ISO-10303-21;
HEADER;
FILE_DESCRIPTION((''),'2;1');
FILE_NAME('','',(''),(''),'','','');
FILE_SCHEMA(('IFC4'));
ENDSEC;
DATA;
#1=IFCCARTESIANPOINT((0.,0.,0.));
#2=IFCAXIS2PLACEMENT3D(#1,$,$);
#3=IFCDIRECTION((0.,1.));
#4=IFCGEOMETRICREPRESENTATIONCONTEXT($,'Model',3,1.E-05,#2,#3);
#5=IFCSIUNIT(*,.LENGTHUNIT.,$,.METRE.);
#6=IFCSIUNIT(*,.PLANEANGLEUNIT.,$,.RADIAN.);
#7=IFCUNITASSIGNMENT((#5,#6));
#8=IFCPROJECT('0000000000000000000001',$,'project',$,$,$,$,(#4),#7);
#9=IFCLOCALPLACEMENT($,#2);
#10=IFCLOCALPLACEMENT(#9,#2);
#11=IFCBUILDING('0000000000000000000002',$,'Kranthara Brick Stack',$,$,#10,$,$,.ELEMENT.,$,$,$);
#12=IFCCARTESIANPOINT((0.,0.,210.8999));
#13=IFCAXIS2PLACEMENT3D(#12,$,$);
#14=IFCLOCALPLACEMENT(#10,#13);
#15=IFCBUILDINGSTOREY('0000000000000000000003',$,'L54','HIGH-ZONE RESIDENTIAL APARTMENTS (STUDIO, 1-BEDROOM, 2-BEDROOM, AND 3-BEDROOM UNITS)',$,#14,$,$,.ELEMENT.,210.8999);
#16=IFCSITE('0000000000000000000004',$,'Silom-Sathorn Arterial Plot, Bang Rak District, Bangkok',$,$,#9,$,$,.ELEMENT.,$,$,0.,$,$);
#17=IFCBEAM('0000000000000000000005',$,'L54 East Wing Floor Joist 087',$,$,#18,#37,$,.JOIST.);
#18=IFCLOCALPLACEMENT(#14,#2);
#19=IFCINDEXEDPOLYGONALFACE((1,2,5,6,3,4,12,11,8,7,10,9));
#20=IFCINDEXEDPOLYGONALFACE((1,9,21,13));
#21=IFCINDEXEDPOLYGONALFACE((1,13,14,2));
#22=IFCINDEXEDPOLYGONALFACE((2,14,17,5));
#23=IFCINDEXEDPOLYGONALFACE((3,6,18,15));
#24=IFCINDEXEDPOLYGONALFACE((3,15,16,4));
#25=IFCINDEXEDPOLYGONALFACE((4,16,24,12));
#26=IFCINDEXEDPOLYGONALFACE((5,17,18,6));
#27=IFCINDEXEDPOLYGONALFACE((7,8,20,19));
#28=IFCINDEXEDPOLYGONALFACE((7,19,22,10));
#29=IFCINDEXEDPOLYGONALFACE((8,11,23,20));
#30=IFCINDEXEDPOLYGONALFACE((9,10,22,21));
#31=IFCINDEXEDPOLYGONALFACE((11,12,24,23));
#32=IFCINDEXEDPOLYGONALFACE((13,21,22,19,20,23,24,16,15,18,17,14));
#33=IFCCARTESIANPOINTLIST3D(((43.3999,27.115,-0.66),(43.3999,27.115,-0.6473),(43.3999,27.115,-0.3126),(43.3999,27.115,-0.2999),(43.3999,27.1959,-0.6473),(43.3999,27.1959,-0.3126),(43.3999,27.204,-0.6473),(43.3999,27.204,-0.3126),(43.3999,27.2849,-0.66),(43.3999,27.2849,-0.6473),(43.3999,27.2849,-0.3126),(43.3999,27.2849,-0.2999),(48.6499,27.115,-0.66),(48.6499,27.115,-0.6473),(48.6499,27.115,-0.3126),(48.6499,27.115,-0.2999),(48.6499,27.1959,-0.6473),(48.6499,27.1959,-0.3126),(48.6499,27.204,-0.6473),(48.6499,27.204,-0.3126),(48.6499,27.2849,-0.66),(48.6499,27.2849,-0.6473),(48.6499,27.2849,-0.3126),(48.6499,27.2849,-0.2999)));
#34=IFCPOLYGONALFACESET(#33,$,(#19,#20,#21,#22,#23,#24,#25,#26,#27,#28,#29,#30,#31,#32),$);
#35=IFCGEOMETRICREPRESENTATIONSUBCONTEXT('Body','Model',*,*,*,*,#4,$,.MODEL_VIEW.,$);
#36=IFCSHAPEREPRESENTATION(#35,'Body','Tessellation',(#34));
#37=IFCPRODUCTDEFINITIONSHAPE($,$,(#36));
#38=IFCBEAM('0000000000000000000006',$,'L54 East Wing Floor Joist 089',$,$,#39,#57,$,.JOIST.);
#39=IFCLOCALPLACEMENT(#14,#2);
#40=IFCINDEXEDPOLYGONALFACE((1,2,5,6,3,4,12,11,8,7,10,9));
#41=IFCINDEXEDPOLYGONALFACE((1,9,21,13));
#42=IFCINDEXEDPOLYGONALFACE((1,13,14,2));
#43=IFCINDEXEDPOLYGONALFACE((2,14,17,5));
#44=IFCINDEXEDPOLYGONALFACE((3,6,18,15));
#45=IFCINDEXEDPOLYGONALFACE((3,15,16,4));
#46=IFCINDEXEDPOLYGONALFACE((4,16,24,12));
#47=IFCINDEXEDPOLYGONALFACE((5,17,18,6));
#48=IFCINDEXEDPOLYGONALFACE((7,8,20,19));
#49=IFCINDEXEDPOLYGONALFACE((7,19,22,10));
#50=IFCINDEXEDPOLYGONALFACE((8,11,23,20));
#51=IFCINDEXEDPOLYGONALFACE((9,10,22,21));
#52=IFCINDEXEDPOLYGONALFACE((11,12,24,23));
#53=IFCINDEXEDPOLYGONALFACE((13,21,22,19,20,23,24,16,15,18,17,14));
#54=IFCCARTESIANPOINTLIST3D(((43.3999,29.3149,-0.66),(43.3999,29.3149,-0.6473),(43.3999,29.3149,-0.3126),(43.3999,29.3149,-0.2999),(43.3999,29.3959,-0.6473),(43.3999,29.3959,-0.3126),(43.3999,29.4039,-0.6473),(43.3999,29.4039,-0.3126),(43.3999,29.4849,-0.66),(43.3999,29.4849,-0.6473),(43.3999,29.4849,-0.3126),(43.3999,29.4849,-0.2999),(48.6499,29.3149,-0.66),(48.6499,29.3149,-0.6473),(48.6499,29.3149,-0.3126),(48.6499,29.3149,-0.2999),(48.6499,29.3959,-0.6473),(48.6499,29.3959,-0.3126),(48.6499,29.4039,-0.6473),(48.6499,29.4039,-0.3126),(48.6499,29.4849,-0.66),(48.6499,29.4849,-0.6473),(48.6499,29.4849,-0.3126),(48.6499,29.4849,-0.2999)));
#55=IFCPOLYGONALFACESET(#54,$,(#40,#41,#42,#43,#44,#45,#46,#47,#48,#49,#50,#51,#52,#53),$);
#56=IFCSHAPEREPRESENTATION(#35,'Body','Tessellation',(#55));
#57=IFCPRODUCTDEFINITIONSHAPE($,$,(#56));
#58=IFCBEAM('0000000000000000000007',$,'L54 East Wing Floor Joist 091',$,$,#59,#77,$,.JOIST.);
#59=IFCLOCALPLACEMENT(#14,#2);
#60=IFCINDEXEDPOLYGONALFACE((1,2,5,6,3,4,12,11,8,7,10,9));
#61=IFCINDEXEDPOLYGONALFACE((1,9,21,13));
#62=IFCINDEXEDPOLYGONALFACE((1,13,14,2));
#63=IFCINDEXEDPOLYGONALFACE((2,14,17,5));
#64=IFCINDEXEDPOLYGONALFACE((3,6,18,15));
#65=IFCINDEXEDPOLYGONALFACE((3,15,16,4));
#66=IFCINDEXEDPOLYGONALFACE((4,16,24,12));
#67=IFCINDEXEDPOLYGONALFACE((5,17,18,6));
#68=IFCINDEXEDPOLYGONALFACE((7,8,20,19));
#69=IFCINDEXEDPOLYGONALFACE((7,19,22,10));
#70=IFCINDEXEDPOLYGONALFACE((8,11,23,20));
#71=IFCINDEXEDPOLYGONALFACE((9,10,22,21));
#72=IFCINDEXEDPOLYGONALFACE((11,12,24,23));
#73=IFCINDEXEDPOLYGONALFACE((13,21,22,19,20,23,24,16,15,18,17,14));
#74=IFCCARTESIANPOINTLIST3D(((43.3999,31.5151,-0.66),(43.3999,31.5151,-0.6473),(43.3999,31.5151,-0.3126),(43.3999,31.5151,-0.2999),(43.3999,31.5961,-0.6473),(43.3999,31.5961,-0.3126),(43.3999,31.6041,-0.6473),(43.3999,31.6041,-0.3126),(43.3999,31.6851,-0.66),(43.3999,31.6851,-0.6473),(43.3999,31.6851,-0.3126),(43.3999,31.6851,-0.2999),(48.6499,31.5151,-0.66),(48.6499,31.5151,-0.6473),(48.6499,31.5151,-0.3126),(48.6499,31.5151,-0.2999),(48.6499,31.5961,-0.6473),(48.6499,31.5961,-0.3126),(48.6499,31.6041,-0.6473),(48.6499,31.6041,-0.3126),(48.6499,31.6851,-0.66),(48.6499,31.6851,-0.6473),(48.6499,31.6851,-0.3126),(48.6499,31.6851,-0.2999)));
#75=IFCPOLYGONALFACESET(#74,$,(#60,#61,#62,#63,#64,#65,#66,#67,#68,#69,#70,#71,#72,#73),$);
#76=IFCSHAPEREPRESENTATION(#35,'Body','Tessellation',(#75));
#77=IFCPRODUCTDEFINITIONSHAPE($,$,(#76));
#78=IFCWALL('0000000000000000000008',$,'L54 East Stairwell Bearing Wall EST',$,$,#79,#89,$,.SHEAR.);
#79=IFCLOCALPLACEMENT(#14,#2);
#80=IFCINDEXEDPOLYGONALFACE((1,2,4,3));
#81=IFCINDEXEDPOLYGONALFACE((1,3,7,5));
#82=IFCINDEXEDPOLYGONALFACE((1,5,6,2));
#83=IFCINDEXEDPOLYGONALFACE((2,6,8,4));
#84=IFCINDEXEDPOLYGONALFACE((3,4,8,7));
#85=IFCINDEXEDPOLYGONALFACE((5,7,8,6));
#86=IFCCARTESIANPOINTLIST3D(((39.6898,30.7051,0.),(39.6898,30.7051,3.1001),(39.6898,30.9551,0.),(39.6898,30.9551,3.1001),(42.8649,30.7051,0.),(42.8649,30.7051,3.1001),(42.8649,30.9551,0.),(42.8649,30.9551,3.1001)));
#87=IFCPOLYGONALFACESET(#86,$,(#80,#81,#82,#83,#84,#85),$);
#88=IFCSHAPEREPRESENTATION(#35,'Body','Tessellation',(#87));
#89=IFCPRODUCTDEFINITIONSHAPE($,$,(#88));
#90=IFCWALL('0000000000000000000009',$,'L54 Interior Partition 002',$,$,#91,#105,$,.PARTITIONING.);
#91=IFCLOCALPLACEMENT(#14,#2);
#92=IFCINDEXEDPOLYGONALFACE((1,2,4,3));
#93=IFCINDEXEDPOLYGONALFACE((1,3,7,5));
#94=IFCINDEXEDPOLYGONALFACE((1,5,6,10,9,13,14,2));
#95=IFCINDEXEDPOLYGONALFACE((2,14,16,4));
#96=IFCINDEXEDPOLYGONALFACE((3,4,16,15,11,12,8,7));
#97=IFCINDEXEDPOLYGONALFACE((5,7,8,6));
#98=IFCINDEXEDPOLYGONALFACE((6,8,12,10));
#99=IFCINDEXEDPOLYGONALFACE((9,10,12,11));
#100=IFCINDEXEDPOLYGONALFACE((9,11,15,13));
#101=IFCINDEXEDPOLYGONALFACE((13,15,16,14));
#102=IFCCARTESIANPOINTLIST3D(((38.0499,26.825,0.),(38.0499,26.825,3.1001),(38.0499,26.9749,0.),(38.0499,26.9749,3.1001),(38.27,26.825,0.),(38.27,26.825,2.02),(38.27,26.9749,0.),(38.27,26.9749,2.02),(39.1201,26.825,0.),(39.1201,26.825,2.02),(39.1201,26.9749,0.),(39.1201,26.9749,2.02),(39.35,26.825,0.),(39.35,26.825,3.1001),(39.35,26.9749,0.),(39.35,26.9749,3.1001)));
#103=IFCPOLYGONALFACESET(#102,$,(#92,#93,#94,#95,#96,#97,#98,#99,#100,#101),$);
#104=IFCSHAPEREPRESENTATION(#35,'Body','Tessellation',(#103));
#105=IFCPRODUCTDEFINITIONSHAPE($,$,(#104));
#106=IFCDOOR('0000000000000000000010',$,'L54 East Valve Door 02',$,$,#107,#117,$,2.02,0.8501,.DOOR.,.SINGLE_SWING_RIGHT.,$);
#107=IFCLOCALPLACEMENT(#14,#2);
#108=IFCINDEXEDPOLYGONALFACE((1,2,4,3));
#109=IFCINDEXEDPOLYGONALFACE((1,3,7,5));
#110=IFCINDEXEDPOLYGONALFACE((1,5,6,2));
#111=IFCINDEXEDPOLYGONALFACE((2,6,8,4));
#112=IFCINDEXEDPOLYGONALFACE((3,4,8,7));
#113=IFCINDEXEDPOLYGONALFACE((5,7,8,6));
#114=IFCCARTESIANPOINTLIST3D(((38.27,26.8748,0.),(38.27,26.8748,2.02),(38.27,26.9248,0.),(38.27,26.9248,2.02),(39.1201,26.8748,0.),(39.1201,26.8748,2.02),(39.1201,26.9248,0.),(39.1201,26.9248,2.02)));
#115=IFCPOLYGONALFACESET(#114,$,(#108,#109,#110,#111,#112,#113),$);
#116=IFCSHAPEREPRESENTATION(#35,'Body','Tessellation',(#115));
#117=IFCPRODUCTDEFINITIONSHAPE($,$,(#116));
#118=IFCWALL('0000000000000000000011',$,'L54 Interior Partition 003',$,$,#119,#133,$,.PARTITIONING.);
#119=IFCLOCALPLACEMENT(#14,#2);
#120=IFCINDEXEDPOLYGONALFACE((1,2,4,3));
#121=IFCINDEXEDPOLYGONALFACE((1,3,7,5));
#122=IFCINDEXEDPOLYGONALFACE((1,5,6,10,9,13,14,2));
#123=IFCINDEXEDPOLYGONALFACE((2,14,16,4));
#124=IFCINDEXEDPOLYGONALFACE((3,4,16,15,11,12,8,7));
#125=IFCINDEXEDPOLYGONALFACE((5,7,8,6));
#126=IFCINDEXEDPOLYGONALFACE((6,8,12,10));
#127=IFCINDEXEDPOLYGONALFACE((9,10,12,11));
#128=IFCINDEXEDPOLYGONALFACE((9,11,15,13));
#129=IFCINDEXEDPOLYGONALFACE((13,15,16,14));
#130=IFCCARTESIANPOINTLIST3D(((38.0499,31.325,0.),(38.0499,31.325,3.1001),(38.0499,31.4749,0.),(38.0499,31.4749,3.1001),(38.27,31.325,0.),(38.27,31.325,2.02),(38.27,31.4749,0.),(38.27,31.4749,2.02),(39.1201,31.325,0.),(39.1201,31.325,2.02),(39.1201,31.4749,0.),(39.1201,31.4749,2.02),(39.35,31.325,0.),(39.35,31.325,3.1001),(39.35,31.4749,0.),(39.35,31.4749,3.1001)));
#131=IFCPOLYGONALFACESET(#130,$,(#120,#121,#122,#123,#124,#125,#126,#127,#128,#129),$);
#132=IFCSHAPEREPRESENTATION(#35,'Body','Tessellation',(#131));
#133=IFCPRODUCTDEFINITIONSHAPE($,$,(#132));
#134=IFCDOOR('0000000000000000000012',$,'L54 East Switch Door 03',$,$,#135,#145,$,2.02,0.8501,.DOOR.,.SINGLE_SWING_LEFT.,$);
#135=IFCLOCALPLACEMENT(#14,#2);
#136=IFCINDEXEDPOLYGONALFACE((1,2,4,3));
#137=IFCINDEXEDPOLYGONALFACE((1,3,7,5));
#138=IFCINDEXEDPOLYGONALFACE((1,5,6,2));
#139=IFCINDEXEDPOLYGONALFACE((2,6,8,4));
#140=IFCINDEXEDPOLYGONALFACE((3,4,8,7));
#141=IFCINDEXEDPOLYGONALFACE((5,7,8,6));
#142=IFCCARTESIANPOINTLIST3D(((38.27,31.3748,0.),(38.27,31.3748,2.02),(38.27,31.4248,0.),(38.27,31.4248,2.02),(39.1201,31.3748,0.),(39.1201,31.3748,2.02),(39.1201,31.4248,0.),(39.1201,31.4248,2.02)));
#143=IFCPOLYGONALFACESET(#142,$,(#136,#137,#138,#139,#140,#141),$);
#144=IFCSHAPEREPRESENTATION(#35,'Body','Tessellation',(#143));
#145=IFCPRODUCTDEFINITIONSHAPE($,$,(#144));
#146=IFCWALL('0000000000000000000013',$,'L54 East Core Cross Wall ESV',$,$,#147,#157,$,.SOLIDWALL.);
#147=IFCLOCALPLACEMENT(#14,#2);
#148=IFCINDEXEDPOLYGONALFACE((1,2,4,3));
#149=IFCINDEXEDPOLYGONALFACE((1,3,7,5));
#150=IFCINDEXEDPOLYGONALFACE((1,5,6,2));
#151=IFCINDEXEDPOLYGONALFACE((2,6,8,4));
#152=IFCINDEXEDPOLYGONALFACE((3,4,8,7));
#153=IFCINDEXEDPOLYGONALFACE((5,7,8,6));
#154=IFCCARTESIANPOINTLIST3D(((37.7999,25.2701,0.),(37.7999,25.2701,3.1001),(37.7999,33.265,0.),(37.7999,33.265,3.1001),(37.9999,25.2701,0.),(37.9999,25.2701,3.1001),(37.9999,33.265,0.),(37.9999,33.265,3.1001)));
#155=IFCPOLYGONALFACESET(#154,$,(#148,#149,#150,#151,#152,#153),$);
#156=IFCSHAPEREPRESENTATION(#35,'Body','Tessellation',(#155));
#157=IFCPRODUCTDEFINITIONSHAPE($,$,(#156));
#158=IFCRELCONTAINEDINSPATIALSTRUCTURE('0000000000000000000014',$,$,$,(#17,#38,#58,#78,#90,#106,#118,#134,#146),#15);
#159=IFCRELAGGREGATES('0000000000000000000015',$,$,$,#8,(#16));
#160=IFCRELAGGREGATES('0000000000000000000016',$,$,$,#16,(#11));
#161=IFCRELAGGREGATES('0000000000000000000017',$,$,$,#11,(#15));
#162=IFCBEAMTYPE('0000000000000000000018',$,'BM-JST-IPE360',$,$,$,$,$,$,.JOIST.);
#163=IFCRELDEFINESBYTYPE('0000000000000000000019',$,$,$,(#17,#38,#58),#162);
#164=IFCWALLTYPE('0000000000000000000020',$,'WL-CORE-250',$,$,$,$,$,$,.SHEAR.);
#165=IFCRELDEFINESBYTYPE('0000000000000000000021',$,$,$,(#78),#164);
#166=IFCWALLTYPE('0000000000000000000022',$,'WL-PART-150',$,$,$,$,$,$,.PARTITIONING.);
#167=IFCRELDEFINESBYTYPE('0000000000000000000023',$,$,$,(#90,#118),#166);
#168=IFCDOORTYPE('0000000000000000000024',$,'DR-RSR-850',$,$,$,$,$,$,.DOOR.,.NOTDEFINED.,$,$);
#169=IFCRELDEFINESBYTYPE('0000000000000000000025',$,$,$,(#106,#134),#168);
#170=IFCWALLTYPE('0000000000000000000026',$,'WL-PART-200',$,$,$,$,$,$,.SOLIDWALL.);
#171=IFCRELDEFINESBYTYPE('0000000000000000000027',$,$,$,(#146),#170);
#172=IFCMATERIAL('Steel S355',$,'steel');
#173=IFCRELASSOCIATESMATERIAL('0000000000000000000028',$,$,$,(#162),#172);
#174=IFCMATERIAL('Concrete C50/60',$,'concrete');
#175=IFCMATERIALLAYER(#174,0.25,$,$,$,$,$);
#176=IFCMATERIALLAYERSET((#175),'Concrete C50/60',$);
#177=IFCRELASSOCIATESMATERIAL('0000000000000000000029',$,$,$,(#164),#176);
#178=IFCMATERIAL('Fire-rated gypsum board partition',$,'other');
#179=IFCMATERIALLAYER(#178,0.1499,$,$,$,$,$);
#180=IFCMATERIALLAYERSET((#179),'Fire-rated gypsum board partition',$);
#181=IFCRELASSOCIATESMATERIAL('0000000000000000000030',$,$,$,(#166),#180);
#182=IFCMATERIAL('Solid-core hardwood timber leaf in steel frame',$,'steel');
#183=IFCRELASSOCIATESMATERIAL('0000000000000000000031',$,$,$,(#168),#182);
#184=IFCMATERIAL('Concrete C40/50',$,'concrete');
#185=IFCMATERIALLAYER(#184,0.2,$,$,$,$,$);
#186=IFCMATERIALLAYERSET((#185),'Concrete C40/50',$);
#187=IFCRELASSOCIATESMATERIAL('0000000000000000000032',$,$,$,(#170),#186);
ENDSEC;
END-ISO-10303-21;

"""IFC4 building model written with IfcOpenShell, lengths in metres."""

from ifc_helpers import new_model, si_unit, direction, frame, frame_2d, origin, origin_2d, place, context, subcontext, project, spatial, rectangle, i_section, extrude, material, layer, layer_set, material_profile, profile_set, type_object, element, fill, save


model = new_model("IFC4")

# Units and contexts
model_context = context("Model", 3, precision=1e-05, world=origin(), true_north=direction((0.0, 1.0)))
body_context = subcontext(model_context, "Body", "Model", "MODEL_VIEW")
ifc_project = project(units=[si_unit("LENGTHUNIT", "METRE"), si_unit("PLANEANGLEUNIT", "RADIAN")], contexts=[model_context])

# Site, building, storey
site_placement = place(None, origin())
site = spatial("IfcSite", under=ifc_project, at=site_placement, Name="Silom-Sathorn Arterial Plot, Bang Rak District, Bangkok", CompositionType="ELEMENT", RefElevation=0.0)
building_placement = place(site_placement, origin())
building = spatial("IfcBuilding", under=site, at=building_placement, Name="Kranthara Brick Stack", CompositionType="ELEMENT")
storey_placement = place(building_placement, frame((0.0, 0.0, 210.8999)))
storey = spatial("IfcBuildingStorey", under=building, at=storey_placement, Name="L54", Description="HIGH-ZONE RESIDENTIAL APARTMENTS (STUDIO, 1-BEDROOM, 2-BEDROOM, AND 3-BEDROOM UNITS)", CompositionType="ELEMENT", Elevation=210.8999)

# Beams
ifc_material_1 = material(Name="Steel S355", Category="steel")
ifc_material_profile = material_profile(ifc_material_1, i_section(OverallWidth=0.1699, OverallDepth=0.3601, WebThickness=0.0081, FlangeThickness=0.0127, at=origin_2d()), Name="IPE 360")
ifc_profile_set = profile_set([ifc_material_profile], Name="Steel S355")
beam_type = type_object("IfcBeamType", Name="BM-JST-IPE360", PredefinedType="JOIST", material=ifc_profile_set)
for number, where, z_axis, x_axis, name in (
    (1, (43.3999, 27.2, -0.48), (1.0, 0.0, 0.0), (0.0, 1.0, 0.0), "L54 East Wing Floor Joist 087"),
    (2, (43.3999, 29.3999, -0.48), (1.0, 0.0, 0.0), (0.0, 1.0, 0.0), "L54 East Wing Floor Joist 089"),
    (3, (43.3999, 31.6001, -0.48), (1.0, 0.0, 0.0), (0.0, 1.0, 0.0), "L54 East Wing Floor Joist 091"),
):
    element("IfcBeam", number, at=place(storey_placement, frame(where, z_axis=z_axis, x_axis=x_axis)), inside=storey, type_object=beam_type, Name=name, PredefinedType="JOIST", context=body_context, shape_type="SweptSolid", body=[
        extrude(i_section(OverallWidth=0.1699, OverallDepth=0.3601, WebThickness=0.0081, FlangeThickness=0.0127, at=origin_2d()), origin(), (0.0, 0.0, 1.0), 5.25),
    ])

# Wall
ifc_material_2 = material(Name="Concrete C50/60", Category="concrete")
ifc_layer_1 = layer(ifc_material_2, 0.25)
ifc_layer_set_1 = layer_set([ifc_layer_1], Name="Concrete C50/60")
wall_type_1 = type_object("IfcWallType", Name="WL-CORE-250", PredefinedType="SHEAR", material=ifc_layer_set_1)
wall_1_placement = place(storey_placement, frame((39.6899, 30.8301, 0.0), z_axis=(0.0, 0.0, 1.0), x_axis=(1.0, 0.0, 0.0)))
element("IfcWall", 4, at=wall_1_placement, inside=storey, type_object=wall_type_1, Name="L54 East Stairwell Bearing Wall EST", PredefinedType="SHEAR", context=body_context, shape_type="SweptSolid", body=[
    extrude(rectangle(XDim=3.175, YDim=0.25, at=frame_2d((1.5874, 0.0))), origin(), (0.0, 0.0, 1.0), 3.1001),
])

# Walls, openings, doors
ifc_material_3 = material(Name="Fire-rated gypsum board partition", Category="other")
ifc_layer_2 = layer(ifc_material_3, 0.1499)
ifc_layer_set_2 = layer_set([ifc_layer_2], Name="Fire-rated gypsum board partition")
wall_type_2 = type_object("IfcWallType", Name="WL-PART-150", PredefinedType="PARTITIONING", material=ifc_layer_set_2)
wall_2_placement = place(storey_placement, frame((38.05, 26.8999, 0.0), z_axis=(0.0, 0.0, 1.0), x_axis=(1.0, 0.0, 0.0)))
wall_2 = element("IfcWall", 5, at=wall_2_placement, inside=storey, type_object=wall_type_2, Name="L54 Interior Partition 002", PredefinedType="PARTITIONING", context=body_context, shape_type="SweptSolid", body=[
    extrude(rectangle(XDim=1.3, YDim=0.1499, at=frame_2d((0.6499, 0.0))), origin(), (0.0, 0.0, 1.0), 3.1001),
])
opening_1_placement = place(wall_2_placement, frame((0.22, 0.0, 0.0)))
opening_1 = element("IfcOpeningElement", 6, at=opening_1_placement, cuts=wall_2, PredefinedType="OPENING", context=body_context, shape_type="SweptSolid", body=[
    extrude(rectangle(XDim=0.8501, YDim=2.02, at=frame_2d((0.425, 1.01))), frame((0.0, 0.085, 0.0), z_axis=(0.0, -1.0, 0.0), x_axis=(1.0, 0.0, 0.0)), (0.0, 0.0, 1.0), 0.1699),
])
ifc_material_4 = material(Name="Solid-core hardwood timber leaf in steel frame", Category="steel")
door_type = type_object("IfcDoorType", Name="DR-RSR-850", OperationType="NOTDEFINED", PredefinedType="DOOR", material=ifc_material_4)
door_1_placement = place(opening_1_placement, origin())
door_1 = element("IfcDoor", 7, at=door_1_placement, inside=storey, type_object=door_type, Name="L54 East Valve Door 02", OperationType="SINGLE_SWING_RIGHT", OverallHeight=2.02, OverallWidth=0.8501, PredefinedType="DOOR", context=body_context, shape_type="SweptSolid", body=[
    extrude(rectangle(XDim=0.8501, YDim=2.02, at=frame_2d((0.425, 1.01))), frame((0.0, 0.0249, 0.0), z_axis=(0.0, -1.0, 0.0), x_axis=(1.0, 0.0, 0.0)), (0.0, 0.0, 1.0), 0.05),
])
fill(opening_1, door_1)
wall_3_placement = place(storey_placement, frame((38.05, 31.3999, 0.0), z_axis=(0.0, 0.0, 1.0), x_axis=(1.0, 0.0, 0.0)))
wall_3 = element("IfcWall", 8, at=wall_3_placement, inside=storey, type_object=wall_type_2, Name="L54 Interior Partition 003", PredefinedType="PARTITIONING", context=body_context, shape_type="SweptSolid", body=[
    extrude(rectangle(XDim=1.3, YDim=0.1499, at=frame_2d((0.6499, 0.0))), origin(), (0.0, 0.0, 1.0), 3.1001),
])
opening_2_placement = place(wall_3_placement, frame((0.22, 0.0, 0.0)))
opening_2 = element("IfcOpeningElement", 9, at=opening_2_placement, cuts=wall_3, PredefinedType="OPENING", context=body_context, shape_type="SweptSolid", body=[
    extrude(rectangle(XDim=0.8501, YDim=2.02, at=frame_2d((0.425, 1.01))), frame((0.0, 0.085, 0.0), z_axis=(0.0, -1.0, 0.0), x_axis=(1.0, 0.0, 0.0)), (0.0, 0.0, 1.0), 0.1699),
])
door_2_placement = place(opening_2_placement, origin())
door_2 = element("IfcDoor", 10, at=door_2_placement, inside=storey, type_object=door_type, Name="L54 East Switch Door 03", OperationType="SINGLE_SWING_LEFT", OverallHeight=2.02, OverallWidth=0.8501, PredefinedType="DOOR", context=body_context, shape_type="SweptSolid", body=[
    extrude(rectangle(XDim=0.8501, YDim=2.02, at=frame_2d((0.425, 1.01))), frame((0.0, 0.0249, 0.0), z_axis=(0.0, -1.0, 0.0), x_axis=(1.0, 0.0, 0.0)), (0.0, 0.0, 1.0), 0.05),
])
fill(opening_2, door_2)

# Wall
ifc_material_5 = material(Name="Concrete C40/50", Category="concrete")
ifc_layer_3 = layer(ifc_material_5, 0.2)
ifc_layer_set_3 = layer_set([ifc_layer_3], Name="Concrete C40/50")
wall_type_3 = type_object("IfcWallType", Name="WL-PART-200", PredefinedType="SOLIDWALL", material=ifc_layer_set_3)
wall_4_placement = place(storey_placement, frame((37.8999, 25.27, 0.0), z_axis=(0.0, 0.0, 1.0), x_axis=(0.0, 1.0, 0.0)))
element("IfcWall", 11, at=wall_4_placement, inside=storey, type_object=wall_type_3, Name="L54 East Core Cross Wall ESV", PredefinedType="SOLIDWALL", context=body_context, shape_type="SweptSolid", body=[
    extrude(rectangle(XDim=7.9949, YDim=0.2, at=frame_2d((3.9976, 0.0))), origin(), (0.0, 0.0, 1.0), 3.1001),
])

save(model, "model.ifc")
